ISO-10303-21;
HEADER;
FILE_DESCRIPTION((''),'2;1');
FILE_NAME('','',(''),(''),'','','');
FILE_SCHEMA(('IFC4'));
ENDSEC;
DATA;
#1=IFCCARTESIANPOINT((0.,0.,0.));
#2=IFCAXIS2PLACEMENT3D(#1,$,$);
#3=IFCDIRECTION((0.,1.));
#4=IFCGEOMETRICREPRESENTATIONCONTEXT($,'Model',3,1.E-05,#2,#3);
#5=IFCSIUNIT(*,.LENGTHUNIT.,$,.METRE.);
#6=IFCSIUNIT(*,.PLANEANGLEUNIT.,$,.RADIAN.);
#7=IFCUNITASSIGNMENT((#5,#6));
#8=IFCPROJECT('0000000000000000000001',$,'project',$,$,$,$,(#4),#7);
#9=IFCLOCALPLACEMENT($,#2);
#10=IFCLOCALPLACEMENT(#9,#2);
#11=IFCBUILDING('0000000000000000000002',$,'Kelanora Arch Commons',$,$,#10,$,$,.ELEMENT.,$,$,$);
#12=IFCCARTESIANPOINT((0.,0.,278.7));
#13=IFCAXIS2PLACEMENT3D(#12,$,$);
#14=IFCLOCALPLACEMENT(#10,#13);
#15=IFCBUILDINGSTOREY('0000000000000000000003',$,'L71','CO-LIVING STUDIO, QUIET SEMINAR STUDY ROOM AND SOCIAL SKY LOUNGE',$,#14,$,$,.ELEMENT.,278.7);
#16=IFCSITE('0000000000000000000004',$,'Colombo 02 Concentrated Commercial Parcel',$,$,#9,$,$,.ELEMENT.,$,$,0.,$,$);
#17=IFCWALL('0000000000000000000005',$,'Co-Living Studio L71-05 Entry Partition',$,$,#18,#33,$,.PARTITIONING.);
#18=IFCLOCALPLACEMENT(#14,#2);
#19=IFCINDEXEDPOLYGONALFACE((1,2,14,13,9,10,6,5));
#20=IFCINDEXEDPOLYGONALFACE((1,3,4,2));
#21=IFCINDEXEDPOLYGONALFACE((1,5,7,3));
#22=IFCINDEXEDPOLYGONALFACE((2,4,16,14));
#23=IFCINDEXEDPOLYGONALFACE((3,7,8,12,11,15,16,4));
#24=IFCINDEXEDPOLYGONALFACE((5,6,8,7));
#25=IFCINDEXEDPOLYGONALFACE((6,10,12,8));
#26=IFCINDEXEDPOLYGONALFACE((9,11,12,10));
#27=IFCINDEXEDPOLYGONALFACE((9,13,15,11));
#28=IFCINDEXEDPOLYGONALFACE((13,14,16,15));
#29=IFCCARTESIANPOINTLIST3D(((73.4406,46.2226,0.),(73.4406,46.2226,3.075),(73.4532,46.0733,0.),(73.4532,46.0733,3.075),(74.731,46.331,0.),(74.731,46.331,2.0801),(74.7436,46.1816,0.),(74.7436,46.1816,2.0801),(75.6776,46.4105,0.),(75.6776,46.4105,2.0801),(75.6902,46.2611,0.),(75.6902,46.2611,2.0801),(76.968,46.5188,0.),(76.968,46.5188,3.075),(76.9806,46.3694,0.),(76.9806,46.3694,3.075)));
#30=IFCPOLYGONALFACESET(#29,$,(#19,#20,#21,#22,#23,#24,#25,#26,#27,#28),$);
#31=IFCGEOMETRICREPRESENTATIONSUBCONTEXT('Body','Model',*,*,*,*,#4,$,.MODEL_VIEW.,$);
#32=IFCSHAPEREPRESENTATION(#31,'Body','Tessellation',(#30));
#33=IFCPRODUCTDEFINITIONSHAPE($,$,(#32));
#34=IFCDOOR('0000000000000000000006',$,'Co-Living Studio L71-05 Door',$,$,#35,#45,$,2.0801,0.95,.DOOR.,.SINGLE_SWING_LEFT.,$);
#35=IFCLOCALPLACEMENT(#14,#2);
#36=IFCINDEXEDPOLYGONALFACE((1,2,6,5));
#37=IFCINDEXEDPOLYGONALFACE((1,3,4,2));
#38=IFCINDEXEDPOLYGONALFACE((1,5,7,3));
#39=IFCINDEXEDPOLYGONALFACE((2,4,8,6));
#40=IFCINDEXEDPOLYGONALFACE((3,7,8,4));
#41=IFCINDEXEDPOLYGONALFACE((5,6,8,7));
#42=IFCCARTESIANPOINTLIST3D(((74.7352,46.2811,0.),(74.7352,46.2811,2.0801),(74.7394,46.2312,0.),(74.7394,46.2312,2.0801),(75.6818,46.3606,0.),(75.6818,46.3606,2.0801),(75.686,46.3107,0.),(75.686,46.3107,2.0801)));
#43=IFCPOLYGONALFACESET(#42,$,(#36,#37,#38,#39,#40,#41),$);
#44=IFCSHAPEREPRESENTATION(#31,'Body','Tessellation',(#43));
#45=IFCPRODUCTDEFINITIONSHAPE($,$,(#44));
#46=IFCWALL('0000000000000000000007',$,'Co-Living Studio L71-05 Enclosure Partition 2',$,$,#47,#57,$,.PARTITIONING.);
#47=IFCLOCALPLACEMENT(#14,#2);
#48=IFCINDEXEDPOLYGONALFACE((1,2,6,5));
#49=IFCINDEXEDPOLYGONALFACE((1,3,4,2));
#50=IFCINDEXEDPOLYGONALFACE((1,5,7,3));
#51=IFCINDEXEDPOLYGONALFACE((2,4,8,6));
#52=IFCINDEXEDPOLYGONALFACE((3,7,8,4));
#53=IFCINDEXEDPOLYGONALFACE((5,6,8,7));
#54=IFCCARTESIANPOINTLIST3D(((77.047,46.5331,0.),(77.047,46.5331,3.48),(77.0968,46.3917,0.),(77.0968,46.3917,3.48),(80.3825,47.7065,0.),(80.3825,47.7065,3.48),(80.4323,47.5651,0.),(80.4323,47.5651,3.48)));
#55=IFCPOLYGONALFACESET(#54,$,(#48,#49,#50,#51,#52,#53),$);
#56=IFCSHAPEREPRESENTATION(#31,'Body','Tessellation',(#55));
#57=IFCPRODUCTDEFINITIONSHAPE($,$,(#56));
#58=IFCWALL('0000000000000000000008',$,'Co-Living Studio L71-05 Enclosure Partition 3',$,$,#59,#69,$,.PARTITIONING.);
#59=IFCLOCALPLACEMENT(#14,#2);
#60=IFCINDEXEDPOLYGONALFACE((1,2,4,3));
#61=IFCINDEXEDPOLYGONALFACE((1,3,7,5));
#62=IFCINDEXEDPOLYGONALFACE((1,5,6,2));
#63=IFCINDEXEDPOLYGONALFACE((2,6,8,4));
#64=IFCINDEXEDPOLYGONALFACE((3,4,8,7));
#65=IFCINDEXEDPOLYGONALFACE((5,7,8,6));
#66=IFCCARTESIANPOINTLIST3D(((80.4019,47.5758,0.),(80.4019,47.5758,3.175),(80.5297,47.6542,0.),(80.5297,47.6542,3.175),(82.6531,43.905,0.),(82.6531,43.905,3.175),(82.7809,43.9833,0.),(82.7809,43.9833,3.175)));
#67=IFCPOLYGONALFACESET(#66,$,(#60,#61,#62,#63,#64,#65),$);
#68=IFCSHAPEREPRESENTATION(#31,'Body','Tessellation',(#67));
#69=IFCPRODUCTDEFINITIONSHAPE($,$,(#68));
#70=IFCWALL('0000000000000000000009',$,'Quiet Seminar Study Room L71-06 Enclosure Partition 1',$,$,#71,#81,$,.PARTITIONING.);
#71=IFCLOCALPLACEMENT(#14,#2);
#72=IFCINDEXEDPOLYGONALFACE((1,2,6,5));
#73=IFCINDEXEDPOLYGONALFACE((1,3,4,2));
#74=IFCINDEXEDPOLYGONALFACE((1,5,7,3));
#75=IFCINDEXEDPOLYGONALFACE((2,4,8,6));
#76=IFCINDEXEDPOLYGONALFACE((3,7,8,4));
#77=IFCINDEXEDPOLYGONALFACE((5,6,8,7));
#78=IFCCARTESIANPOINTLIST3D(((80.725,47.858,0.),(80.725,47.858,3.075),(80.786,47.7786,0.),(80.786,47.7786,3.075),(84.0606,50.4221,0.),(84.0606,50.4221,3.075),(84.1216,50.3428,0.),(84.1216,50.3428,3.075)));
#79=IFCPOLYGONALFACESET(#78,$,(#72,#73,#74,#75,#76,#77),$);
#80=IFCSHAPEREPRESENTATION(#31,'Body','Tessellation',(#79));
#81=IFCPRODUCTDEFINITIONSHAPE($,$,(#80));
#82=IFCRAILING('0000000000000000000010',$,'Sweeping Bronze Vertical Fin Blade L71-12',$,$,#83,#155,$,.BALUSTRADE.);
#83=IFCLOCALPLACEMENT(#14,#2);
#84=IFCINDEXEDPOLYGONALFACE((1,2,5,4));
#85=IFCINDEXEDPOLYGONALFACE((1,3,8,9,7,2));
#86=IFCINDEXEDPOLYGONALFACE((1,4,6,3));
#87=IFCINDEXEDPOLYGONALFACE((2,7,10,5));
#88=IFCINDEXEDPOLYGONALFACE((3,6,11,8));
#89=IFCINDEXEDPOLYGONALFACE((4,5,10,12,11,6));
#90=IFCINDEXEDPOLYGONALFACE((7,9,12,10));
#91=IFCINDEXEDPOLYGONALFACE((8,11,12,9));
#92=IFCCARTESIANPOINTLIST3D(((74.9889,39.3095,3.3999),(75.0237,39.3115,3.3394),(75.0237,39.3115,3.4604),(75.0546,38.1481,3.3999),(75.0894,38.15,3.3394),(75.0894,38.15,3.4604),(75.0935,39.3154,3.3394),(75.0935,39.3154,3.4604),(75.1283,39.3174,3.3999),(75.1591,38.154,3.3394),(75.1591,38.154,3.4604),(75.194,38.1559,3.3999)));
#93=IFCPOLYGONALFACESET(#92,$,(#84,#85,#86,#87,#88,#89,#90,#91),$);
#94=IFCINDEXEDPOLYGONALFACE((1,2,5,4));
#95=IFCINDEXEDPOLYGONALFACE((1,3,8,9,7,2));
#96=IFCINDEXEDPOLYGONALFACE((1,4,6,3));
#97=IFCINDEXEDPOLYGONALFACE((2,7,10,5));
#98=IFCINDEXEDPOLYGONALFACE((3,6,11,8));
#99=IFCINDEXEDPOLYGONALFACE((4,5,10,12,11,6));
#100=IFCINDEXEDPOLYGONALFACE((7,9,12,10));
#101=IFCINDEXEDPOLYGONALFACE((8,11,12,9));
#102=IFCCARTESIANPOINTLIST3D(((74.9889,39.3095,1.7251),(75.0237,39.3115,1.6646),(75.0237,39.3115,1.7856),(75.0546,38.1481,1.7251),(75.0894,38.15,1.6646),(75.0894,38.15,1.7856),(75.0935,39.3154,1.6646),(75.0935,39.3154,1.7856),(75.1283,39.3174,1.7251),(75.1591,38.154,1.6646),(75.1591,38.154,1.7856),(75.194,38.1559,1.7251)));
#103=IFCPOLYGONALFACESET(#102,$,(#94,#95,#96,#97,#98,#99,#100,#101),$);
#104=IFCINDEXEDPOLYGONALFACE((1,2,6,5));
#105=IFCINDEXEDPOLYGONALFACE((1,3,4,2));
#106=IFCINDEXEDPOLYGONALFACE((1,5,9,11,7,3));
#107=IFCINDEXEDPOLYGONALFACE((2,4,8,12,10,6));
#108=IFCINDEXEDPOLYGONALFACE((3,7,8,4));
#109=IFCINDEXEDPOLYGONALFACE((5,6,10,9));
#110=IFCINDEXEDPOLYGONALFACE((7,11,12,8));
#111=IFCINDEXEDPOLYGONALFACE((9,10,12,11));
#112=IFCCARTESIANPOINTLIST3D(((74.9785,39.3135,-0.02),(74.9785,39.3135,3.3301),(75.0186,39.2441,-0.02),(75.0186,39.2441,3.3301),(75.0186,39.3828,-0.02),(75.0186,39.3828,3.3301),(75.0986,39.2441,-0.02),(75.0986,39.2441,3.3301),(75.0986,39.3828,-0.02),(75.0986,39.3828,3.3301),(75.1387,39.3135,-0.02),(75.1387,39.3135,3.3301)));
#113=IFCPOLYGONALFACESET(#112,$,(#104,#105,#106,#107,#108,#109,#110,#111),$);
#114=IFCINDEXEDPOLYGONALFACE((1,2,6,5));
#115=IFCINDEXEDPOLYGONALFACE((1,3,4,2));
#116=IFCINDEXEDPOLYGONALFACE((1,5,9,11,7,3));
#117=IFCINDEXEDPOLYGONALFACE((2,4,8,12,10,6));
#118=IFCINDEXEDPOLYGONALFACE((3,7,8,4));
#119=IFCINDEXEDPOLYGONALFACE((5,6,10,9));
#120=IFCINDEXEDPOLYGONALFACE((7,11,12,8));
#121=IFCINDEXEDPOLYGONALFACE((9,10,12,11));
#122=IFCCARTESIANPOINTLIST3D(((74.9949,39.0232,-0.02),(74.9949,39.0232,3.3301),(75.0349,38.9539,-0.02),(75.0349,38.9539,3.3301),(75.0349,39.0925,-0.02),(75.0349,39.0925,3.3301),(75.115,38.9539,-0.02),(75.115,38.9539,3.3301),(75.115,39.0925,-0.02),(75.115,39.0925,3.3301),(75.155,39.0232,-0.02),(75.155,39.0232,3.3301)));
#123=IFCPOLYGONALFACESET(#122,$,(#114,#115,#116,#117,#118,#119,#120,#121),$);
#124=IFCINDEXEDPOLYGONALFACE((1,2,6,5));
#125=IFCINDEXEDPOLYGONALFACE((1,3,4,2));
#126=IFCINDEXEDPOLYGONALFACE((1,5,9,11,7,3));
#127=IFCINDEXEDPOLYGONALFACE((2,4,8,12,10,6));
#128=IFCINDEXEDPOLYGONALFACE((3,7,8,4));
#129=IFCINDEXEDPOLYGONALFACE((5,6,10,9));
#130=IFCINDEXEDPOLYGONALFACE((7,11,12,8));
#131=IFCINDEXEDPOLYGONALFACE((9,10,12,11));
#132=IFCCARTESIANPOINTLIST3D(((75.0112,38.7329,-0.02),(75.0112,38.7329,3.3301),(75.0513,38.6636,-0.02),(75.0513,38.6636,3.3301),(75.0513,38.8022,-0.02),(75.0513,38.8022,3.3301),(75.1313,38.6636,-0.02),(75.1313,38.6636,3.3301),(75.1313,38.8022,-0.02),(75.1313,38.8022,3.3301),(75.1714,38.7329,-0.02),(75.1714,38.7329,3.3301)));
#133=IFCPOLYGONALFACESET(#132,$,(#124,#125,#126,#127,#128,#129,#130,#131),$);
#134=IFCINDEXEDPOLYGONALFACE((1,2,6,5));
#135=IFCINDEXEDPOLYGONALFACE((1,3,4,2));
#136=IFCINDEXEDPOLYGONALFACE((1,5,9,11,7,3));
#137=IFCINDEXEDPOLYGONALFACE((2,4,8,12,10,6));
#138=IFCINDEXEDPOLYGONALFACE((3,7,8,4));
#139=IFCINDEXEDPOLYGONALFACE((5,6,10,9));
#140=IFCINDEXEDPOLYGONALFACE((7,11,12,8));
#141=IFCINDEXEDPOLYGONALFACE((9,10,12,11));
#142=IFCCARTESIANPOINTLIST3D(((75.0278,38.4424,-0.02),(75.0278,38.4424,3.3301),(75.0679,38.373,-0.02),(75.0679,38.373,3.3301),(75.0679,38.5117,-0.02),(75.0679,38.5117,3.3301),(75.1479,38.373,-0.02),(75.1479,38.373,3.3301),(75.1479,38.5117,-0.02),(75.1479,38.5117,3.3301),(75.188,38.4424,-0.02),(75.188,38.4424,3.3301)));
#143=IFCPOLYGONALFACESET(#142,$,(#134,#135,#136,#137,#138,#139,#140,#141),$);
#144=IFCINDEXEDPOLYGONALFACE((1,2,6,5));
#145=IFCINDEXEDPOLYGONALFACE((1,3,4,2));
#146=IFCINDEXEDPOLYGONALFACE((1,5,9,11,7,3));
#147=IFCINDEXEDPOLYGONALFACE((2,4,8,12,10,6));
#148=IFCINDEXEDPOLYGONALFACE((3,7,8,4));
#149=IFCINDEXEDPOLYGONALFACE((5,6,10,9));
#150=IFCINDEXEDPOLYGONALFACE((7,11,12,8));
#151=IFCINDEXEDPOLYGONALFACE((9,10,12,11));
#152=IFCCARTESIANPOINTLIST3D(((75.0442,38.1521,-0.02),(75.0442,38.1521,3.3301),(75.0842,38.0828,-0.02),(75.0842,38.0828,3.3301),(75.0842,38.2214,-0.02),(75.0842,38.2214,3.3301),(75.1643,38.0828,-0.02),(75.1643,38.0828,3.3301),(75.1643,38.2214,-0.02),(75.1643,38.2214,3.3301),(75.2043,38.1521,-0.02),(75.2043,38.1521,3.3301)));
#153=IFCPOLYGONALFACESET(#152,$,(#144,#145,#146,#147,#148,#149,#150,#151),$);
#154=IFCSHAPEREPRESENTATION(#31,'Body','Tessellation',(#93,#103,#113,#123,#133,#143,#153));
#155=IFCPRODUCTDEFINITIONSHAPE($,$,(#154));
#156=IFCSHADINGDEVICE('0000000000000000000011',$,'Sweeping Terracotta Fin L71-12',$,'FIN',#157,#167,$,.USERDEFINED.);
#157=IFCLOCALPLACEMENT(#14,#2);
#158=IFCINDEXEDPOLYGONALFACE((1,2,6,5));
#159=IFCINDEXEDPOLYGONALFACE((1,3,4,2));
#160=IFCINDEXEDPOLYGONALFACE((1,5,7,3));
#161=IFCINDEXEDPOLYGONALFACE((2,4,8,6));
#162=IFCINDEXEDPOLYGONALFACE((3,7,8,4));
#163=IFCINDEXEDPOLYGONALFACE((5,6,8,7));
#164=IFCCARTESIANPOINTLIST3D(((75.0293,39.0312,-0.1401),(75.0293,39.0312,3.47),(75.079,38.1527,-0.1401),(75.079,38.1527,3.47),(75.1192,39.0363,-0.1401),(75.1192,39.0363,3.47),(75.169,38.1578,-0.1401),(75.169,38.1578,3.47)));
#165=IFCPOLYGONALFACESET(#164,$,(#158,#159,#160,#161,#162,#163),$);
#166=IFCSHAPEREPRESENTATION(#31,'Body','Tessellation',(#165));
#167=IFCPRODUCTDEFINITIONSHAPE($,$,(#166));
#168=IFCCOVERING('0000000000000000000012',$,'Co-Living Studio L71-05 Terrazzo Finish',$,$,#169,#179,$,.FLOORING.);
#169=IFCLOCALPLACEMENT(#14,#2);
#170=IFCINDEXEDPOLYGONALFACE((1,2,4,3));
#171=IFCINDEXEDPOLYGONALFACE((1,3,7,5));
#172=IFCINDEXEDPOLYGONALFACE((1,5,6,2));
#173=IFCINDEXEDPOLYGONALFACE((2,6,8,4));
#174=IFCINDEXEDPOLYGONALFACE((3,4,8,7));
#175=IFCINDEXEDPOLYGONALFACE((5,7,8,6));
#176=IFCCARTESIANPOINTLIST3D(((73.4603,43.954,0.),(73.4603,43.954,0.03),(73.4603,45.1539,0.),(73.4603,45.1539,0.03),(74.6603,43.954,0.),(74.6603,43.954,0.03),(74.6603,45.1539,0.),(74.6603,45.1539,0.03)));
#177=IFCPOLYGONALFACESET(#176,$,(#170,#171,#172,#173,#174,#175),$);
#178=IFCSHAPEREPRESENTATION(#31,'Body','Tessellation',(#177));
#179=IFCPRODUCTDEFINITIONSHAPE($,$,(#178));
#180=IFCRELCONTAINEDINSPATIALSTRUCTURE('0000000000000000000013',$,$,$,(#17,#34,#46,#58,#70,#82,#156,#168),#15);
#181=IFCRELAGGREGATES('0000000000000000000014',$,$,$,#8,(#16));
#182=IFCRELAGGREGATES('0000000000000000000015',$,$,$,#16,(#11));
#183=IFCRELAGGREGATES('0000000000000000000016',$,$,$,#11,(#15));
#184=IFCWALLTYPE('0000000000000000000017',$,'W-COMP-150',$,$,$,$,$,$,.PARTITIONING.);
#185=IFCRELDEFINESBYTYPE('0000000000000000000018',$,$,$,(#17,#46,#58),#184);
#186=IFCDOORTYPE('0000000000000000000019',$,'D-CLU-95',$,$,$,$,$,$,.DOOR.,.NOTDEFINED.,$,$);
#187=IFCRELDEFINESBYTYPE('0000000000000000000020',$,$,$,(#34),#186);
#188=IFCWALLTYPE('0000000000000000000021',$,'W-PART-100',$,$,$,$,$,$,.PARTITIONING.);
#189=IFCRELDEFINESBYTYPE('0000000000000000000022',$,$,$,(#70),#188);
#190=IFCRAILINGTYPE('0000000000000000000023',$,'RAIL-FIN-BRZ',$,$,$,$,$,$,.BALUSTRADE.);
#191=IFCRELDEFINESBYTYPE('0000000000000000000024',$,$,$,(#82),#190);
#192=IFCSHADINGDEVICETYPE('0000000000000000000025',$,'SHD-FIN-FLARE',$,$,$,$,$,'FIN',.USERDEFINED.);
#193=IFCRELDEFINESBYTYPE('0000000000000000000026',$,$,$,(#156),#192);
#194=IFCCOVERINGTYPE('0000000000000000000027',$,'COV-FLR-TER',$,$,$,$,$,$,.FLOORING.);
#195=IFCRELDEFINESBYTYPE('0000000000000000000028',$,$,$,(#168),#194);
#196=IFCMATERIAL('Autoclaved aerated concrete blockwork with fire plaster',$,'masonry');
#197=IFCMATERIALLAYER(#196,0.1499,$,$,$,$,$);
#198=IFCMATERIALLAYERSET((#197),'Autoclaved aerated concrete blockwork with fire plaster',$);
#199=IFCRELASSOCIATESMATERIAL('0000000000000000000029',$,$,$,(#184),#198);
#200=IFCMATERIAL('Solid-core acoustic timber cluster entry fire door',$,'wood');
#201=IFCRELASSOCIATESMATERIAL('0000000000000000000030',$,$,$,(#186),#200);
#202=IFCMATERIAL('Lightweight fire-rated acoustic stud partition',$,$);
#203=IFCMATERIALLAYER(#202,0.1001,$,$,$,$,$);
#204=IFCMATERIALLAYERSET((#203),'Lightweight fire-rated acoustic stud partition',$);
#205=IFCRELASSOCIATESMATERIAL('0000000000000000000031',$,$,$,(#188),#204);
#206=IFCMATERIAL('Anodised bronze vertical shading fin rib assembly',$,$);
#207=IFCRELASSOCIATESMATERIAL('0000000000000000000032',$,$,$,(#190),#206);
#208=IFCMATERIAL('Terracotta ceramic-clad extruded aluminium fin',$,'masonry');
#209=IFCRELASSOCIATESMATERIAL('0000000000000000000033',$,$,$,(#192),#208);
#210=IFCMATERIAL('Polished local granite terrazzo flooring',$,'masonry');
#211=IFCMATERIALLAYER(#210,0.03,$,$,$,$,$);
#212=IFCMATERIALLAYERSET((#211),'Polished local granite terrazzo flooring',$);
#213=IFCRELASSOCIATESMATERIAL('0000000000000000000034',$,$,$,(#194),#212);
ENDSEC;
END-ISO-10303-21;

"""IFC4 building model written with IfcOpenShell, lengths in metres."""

from ifc_helpers import new_model, si_unit, direction, frame, frame_2d, origin, origin_2d, place, context, subcontext, project, spatial, polyline, rectangle, outline, extrude, source, transform, mapped, material, layer, layer_set, type_object, element, fill, save


model = new_model("IFC4")

# Units and contexts
model_context = context("Model", 3, precision=1e-05, world=origin(), true_north=direction((0.0, 1.0)))
body_context = subcontext(model_context, "Body", "Model", "MODEL_VIEW")
ifc_project = project(units=[si_unit("LENGTHUNIT", "METRE"), si_unit("PLANEANGLEUNIT", "RADIAN")], contexts=[model_context])

# Site, building, storey
site_placement = place(None, origin())
site = spatial("IfcSite", under=ifc_project, at=site_placement, Name="Colombo 02 Concentrated Commercial Parcel", CompositionType="ELEMENT", RefElevation=0.0)
building_placement = place(site_placement, origin())
building = spatial("IfcBuilding", under=site, at=building_placement, Name="Kelanora Arch Commons", CompositionType="ELEMENT")
storey_placement = place(building_placement, frame((0.0, 0.0, 278.7)))
storey = spatial("IfcBuildingStorey", under=building, at=storey_placement, Name="L71", Description="CO-LIVING STUDIO, QUIET SEMINAR STUDY ROOM AND SOCIAL SKY LOUNGE", CompositionType="ELEMENT", Elevation=278.7)

# Wall, opening, door
ifc_material_1 = material(Name="Autoclaved aerated concrete blockwork with fire plaster", Category="masonry")
ifc_layer_1 = layer(ifc_material_1, 0.1499)
ifc_layer_set_1 = layer_set([ifc_layer_1], Name="Autoclaved aerated concrete blockwork with fire plaster")
wall_type_1 = type_object("IfcWallType", Name="W-COMP-150", PredefinedType="PARTITIONING", material=ifc_layer_set_1)
wall_1_placement = place(storey_placement, frame((73.4468, 46.1479, 0.0), z_axis=(0.0, 0.0, 1.0), x_axis=(0.996494, 0.083662, 0.0)))
wall_1 = element("IfcWall", 1, at=wall_1_placement, inside=storey, type_object=wall_type_1, Name="Co-Living Studio L71-05 Entry Partition", PredefinedType="PARTITIONING", context=body_context, shape_type="SweptSolid", body=[
    extrude(rectangle(XDim=3.5398, YDim=0.1499, at=frame_2d((1.77, 0.0))), origin(), (0.0, 0.0, 1.0), 3.075),
])
opening_placement = place(wall_1_placement, frame((1.2949, 0.0, 0.0)))
opening = element("IfcOpeningElement", 2, at=opening_placement, cuts=wall_1, PredefinedType="OPENING", context=body_context, shape_type="SweptSolid", body=[
    extrude(rectangle(XDim=0.95, YDim=2.0801, at=frame_2d((0.4751, 1.04))), frame((0.0, 0.085, 0.0), z_axis=(0.0, -1.0, 0.0), x_axis=(1.0, 0.0, 0.0)), (0.0, 0.0, 1.0), 0.1699),
])
ifc_material_2 = material(Name="Solid-core acoustic timber cluster entry fire door", Category="wood")
door_type = type_object("IfcDoorType", Name="D-CLU-95", OperationType="NOTDEFINED", PredefinedType="DOOR", material=ifc_material_2)
door_placement = place(opening_placement, origin())
door = element("IfcDoor", 3, at=door_placement, inside=storey, type_object=door_type, Name="Co-Living Studio L71-05 Door", OperationType="SINGLE_SWING_LEFT", OverallHeight=2.0801, OverallWidth=0.95, PredefinedType="DOOR", context=body_context, shape_type="SweptSolid", body=[
    extrude(rectangle(XDim=0.95, YDim=2.0801, at=frame_2d((0.4751, 1.04))), frame((0.0, 0.0249, 0.0), z_axis=(0.0, -1.0, 0.0), x_axis=(1.0, 0.0, 0.0)), (0.0, 0.0, 1.0), 0.05),
])
fill(opening, door)

# Walls
wall_2_placement = place(storey_placement, frame((77.0718, 46.4624, 0.0), z_axis=(0.0, 0.0, 1.0), x_axis=(0.943334, 0.331845, 0.0)))
element("IfcWall", 4, at=wall_2_placement, inside=storey, type_object=wall_type_1, Name="Co-Living Studio L71-05 Enclosure Partition 2", PredefinedType="PARTITIONING", context=body_context, shape_type="SweptSolid", body=[
    extrude(rectangle(XDim=3.5359, YDim=0.1499, at=frame_2d((1.7681, 0.0))), origin(), (0.0, 0.0, 1.0), 3.48),
])
wall_3_placement = place(storey_placement, frame((80.4658, 47.615, 0.0), z_axis=(0.0, 0.0, 1.0), x_axis=(0.522784, -0.852465, 0.0)))
element("IfcWall", 5, at=wall_3_placement, inside=storey, type_object=wall_type_1, Name="Co-Living Studio L71-05 Enclosure Partition 3", PredefinedType="PARTITIONING", context=body_context, shape_type="SweptSolid", body=[
    extrude(rectangle(XDim=4.3062, YDim=0.1499, at=frame_2d((2.1531, 0.0))), origin(), (0.0, 0.0, 1.0), 3.175),
])
ifc_material_3 = material(Name="Lightweight fire-rated acoustic stud partition")
ifc_layer_2 = layer(ifc_material_3, 0.1001)
ifc_layer_set_2 = layer_set([ifc_layer_2], Name="Lightweight fire-rated acoustic stud partition")
wall_type_2 = type_object("IfcWallType", Name="W-PART-100", PredefinedType="PARTITIONING", material=ifc_layer_set_2)
wall_4_placement = place(storey_placement, frame((80.7556, 47.8184, 0.0), z_axis=(0.0, 0.0, 1.0), x_axis=(0.79282, 0.609456, 0.0)))
element("IfcWall", 6, at=wall_4_placement, inside=storey, type_object=wall_type_2, Name="Quiet Seminar Study Room L71-06 Enclosure Partition 1", PredefinedType="PARTITIONING", context=body_context, shape_type="SweptSolid", body=[
    extrude(rectangle(XDim=4.2073, YDim=0.1001, at=frame_2d((2.1035, 0.0))), origin(), (0.0, 0.0, 1.0), 3.075),
])

# Railing
ifc_material_4 = material(Name="Anodised bronze vertical shading fin rib assembly")
railing_type = type_object("IfcRailingType", Name="RAIL-FIN-BRZ", PredefinedType="BALUSTRADE", material=ifc_material_4)
railing_placement = place(storey_placement, frame((75.0586, 39.3135, -0.02)))
element("IfcRailing", 7, at=railing_placement, inside=storey, type_object=railing_type, Name="Sweeping Bronze Vertical Fin Blade L71-12", PredefinedType="BALUSTRADE", context=body_context, shape_type="SweptSolid", body=[
    extrude(outline(polyline([(0.0698, 0.0), (0.0349, 0.0605), (-0.0349, 0.0605), (-0.0698, 0.0), (-0.0349, -0.0605), (0.0349, -0.0605), (0.0698, 0.0)])), frame((0.0, 0.0, 3.4199), z_axis=(0.056458, -0.998405, 0.0), x_axis=(0.998405, 0.056458, 0.0)), (0.0, 0.0, 1.0), 1.1633),
    extrude(outline(polyline([(0.0698, 0.0), (0.0349, 0.0605), (-0.0349, 0.0605), (-0.0698, 0.0), (-0.0349, -0.0605), (0.0349, -0.0605), (0.0698, 0.0)])), frame((0.0, 0.0, 1.7451), z_axis=(0.056458, -0.998405, 0.0), x_axis=(0.998405, 0.056458, 0.0)), (0.0, 0.0, 1.0), 1.1633),
    extrude(outline(polyline([(0.0801, 0.0), (0.04, 0.0693), (-0.04, 0.0693), (-0.0801, 0.0), (-0.04, -0.0693), (0.04, -0.0693), (0.0801, 0.0)])), origin(), (0.0, 0.0, 1.0), 3.3501),
    extrude(outline(polyline([(0.0801, 0.0), (0.04, 0.0693), (-0.04, 0.0693), (-0.0801, 0.0), (-0.04, -0.0693), (0.04, -0.0693), (0.0801, 0.0)])), frame((0.0164, -0.2903, 0.0)), (0.0, 0.0, 1.0), 3.3501),
    extrude(outline(polyline([(0.0801, 0.0), (0.04, 0.0693), (-0.04, 0.0693), (-0.0801, 0.0), (-0.04, -0.0693), (0.04, -0.0693), (0.0801, 0.0)])), frame((0.0327, -0.5806, 0.0)), (0.0, 0.0, 1.0), 3.3501),
    extrude(outline(polyline([(0.0801, 0.0), (0.04, 0.0693), (-0.04, 0.0693), (-0.0801, 0.0), (-0.04, -0.0693), (0.04, -0.0693), (0.0801, 0.0)])), frame((0.0493, -0.8711, 0.0)), (0.0, 0.0, 1.0), 3.3501),
    extrude(outline(polyline([(0.0801, 0.0), (0.04, 0.0693), (-0.04, 0.0693), (-0.0801, 0.0), (-0.04, -0.0693), (0.04, -0.0693), (0.0801, 0.0)])), frame((0.0657, -1.1614, 0.0)), (0.0, 0.0, 1.0), 3.3501),
])

# Shading device
ifc_material_5 = material(Name="Terracotta ceramic-clad extruded aluminium fin", Category="masonry")
shading_device_type = type_object("IfcShadingDeviceType", Name="SHD-FIN-FLARE", ElementType="FIN", PredefinedType="USERDEFINED", material=ifc_material_5)
shared_shape_1 = source(origin(), body_context, "Body", "SweptSolid", [
    extrude(rectangle(XDim=0.8799, YDim=0.0901, at=origin_2d()), origin(), (0.0, 0.0, 1.0), 3.6101),
])
shading_device_placement = place(storey_placement, frame((75.0991, 38.5945, -0.1401), z_axis=(0.0, 0.0, 1.0), x_axis=(0.056519, -0.998402, 0.0)))
element("IfcShadingDevice", 8, at=shading_device_placement, inside=storey, type_object=shading_device_type, Name="Sweeping Terracotta Fin L71-12", ObjectType="FIN", PredefinedType="USERDEFINED", context=body_context, shape_type="MappedRepresentation", body=[
    mapped(shared_shape_1, transform((0.0, 0.0, 0.0), scale=1.0)),
])

# Covering
ifc_material_6 = material(Name="Polished local granite terrazzo flooring", Category="masonry")
ifc_layer_3 = layer(ifc_material_6, 0.03)
ifc_layer_set_3 = layer_set([ifc_layer_3], Name="Polished local granite terrazzo flooring")
covering_type = type_object("IfcCoveringType", Name="COV-FLR-TER", PredefinedType="FLOORING", material=ifc_layer_set_3)
shared_shape_2 = source(origin(), body_context, "Body", "SweptSolid", [
    extrude(rectangle(XDim=1.2, YDim=1.2, at=origin_2d()), origin(), (0.0, 0.0, 1.0), 0.03),
])
covering_placement = place(storey_placement, frame((74.0603, 44.554, 0.0), z_axis=(0.0, 0.0, 1.0), x_axis=(1.0, 0.0, 0.0)))
element("IfcCovering", 9, at=covering_placement, inside=storey, type_object=covering_type, Name="Co-Living Studio L71-05 Terrazzo Finish", PredefinedType="FLOORING", context=body_context, shape_type="MappedRepresentation", body=[
    mapped(shared_shape_2, transform((0.0, 0.0, 0.0), scale=1.0)),
])

save(model, "model.ifc")
